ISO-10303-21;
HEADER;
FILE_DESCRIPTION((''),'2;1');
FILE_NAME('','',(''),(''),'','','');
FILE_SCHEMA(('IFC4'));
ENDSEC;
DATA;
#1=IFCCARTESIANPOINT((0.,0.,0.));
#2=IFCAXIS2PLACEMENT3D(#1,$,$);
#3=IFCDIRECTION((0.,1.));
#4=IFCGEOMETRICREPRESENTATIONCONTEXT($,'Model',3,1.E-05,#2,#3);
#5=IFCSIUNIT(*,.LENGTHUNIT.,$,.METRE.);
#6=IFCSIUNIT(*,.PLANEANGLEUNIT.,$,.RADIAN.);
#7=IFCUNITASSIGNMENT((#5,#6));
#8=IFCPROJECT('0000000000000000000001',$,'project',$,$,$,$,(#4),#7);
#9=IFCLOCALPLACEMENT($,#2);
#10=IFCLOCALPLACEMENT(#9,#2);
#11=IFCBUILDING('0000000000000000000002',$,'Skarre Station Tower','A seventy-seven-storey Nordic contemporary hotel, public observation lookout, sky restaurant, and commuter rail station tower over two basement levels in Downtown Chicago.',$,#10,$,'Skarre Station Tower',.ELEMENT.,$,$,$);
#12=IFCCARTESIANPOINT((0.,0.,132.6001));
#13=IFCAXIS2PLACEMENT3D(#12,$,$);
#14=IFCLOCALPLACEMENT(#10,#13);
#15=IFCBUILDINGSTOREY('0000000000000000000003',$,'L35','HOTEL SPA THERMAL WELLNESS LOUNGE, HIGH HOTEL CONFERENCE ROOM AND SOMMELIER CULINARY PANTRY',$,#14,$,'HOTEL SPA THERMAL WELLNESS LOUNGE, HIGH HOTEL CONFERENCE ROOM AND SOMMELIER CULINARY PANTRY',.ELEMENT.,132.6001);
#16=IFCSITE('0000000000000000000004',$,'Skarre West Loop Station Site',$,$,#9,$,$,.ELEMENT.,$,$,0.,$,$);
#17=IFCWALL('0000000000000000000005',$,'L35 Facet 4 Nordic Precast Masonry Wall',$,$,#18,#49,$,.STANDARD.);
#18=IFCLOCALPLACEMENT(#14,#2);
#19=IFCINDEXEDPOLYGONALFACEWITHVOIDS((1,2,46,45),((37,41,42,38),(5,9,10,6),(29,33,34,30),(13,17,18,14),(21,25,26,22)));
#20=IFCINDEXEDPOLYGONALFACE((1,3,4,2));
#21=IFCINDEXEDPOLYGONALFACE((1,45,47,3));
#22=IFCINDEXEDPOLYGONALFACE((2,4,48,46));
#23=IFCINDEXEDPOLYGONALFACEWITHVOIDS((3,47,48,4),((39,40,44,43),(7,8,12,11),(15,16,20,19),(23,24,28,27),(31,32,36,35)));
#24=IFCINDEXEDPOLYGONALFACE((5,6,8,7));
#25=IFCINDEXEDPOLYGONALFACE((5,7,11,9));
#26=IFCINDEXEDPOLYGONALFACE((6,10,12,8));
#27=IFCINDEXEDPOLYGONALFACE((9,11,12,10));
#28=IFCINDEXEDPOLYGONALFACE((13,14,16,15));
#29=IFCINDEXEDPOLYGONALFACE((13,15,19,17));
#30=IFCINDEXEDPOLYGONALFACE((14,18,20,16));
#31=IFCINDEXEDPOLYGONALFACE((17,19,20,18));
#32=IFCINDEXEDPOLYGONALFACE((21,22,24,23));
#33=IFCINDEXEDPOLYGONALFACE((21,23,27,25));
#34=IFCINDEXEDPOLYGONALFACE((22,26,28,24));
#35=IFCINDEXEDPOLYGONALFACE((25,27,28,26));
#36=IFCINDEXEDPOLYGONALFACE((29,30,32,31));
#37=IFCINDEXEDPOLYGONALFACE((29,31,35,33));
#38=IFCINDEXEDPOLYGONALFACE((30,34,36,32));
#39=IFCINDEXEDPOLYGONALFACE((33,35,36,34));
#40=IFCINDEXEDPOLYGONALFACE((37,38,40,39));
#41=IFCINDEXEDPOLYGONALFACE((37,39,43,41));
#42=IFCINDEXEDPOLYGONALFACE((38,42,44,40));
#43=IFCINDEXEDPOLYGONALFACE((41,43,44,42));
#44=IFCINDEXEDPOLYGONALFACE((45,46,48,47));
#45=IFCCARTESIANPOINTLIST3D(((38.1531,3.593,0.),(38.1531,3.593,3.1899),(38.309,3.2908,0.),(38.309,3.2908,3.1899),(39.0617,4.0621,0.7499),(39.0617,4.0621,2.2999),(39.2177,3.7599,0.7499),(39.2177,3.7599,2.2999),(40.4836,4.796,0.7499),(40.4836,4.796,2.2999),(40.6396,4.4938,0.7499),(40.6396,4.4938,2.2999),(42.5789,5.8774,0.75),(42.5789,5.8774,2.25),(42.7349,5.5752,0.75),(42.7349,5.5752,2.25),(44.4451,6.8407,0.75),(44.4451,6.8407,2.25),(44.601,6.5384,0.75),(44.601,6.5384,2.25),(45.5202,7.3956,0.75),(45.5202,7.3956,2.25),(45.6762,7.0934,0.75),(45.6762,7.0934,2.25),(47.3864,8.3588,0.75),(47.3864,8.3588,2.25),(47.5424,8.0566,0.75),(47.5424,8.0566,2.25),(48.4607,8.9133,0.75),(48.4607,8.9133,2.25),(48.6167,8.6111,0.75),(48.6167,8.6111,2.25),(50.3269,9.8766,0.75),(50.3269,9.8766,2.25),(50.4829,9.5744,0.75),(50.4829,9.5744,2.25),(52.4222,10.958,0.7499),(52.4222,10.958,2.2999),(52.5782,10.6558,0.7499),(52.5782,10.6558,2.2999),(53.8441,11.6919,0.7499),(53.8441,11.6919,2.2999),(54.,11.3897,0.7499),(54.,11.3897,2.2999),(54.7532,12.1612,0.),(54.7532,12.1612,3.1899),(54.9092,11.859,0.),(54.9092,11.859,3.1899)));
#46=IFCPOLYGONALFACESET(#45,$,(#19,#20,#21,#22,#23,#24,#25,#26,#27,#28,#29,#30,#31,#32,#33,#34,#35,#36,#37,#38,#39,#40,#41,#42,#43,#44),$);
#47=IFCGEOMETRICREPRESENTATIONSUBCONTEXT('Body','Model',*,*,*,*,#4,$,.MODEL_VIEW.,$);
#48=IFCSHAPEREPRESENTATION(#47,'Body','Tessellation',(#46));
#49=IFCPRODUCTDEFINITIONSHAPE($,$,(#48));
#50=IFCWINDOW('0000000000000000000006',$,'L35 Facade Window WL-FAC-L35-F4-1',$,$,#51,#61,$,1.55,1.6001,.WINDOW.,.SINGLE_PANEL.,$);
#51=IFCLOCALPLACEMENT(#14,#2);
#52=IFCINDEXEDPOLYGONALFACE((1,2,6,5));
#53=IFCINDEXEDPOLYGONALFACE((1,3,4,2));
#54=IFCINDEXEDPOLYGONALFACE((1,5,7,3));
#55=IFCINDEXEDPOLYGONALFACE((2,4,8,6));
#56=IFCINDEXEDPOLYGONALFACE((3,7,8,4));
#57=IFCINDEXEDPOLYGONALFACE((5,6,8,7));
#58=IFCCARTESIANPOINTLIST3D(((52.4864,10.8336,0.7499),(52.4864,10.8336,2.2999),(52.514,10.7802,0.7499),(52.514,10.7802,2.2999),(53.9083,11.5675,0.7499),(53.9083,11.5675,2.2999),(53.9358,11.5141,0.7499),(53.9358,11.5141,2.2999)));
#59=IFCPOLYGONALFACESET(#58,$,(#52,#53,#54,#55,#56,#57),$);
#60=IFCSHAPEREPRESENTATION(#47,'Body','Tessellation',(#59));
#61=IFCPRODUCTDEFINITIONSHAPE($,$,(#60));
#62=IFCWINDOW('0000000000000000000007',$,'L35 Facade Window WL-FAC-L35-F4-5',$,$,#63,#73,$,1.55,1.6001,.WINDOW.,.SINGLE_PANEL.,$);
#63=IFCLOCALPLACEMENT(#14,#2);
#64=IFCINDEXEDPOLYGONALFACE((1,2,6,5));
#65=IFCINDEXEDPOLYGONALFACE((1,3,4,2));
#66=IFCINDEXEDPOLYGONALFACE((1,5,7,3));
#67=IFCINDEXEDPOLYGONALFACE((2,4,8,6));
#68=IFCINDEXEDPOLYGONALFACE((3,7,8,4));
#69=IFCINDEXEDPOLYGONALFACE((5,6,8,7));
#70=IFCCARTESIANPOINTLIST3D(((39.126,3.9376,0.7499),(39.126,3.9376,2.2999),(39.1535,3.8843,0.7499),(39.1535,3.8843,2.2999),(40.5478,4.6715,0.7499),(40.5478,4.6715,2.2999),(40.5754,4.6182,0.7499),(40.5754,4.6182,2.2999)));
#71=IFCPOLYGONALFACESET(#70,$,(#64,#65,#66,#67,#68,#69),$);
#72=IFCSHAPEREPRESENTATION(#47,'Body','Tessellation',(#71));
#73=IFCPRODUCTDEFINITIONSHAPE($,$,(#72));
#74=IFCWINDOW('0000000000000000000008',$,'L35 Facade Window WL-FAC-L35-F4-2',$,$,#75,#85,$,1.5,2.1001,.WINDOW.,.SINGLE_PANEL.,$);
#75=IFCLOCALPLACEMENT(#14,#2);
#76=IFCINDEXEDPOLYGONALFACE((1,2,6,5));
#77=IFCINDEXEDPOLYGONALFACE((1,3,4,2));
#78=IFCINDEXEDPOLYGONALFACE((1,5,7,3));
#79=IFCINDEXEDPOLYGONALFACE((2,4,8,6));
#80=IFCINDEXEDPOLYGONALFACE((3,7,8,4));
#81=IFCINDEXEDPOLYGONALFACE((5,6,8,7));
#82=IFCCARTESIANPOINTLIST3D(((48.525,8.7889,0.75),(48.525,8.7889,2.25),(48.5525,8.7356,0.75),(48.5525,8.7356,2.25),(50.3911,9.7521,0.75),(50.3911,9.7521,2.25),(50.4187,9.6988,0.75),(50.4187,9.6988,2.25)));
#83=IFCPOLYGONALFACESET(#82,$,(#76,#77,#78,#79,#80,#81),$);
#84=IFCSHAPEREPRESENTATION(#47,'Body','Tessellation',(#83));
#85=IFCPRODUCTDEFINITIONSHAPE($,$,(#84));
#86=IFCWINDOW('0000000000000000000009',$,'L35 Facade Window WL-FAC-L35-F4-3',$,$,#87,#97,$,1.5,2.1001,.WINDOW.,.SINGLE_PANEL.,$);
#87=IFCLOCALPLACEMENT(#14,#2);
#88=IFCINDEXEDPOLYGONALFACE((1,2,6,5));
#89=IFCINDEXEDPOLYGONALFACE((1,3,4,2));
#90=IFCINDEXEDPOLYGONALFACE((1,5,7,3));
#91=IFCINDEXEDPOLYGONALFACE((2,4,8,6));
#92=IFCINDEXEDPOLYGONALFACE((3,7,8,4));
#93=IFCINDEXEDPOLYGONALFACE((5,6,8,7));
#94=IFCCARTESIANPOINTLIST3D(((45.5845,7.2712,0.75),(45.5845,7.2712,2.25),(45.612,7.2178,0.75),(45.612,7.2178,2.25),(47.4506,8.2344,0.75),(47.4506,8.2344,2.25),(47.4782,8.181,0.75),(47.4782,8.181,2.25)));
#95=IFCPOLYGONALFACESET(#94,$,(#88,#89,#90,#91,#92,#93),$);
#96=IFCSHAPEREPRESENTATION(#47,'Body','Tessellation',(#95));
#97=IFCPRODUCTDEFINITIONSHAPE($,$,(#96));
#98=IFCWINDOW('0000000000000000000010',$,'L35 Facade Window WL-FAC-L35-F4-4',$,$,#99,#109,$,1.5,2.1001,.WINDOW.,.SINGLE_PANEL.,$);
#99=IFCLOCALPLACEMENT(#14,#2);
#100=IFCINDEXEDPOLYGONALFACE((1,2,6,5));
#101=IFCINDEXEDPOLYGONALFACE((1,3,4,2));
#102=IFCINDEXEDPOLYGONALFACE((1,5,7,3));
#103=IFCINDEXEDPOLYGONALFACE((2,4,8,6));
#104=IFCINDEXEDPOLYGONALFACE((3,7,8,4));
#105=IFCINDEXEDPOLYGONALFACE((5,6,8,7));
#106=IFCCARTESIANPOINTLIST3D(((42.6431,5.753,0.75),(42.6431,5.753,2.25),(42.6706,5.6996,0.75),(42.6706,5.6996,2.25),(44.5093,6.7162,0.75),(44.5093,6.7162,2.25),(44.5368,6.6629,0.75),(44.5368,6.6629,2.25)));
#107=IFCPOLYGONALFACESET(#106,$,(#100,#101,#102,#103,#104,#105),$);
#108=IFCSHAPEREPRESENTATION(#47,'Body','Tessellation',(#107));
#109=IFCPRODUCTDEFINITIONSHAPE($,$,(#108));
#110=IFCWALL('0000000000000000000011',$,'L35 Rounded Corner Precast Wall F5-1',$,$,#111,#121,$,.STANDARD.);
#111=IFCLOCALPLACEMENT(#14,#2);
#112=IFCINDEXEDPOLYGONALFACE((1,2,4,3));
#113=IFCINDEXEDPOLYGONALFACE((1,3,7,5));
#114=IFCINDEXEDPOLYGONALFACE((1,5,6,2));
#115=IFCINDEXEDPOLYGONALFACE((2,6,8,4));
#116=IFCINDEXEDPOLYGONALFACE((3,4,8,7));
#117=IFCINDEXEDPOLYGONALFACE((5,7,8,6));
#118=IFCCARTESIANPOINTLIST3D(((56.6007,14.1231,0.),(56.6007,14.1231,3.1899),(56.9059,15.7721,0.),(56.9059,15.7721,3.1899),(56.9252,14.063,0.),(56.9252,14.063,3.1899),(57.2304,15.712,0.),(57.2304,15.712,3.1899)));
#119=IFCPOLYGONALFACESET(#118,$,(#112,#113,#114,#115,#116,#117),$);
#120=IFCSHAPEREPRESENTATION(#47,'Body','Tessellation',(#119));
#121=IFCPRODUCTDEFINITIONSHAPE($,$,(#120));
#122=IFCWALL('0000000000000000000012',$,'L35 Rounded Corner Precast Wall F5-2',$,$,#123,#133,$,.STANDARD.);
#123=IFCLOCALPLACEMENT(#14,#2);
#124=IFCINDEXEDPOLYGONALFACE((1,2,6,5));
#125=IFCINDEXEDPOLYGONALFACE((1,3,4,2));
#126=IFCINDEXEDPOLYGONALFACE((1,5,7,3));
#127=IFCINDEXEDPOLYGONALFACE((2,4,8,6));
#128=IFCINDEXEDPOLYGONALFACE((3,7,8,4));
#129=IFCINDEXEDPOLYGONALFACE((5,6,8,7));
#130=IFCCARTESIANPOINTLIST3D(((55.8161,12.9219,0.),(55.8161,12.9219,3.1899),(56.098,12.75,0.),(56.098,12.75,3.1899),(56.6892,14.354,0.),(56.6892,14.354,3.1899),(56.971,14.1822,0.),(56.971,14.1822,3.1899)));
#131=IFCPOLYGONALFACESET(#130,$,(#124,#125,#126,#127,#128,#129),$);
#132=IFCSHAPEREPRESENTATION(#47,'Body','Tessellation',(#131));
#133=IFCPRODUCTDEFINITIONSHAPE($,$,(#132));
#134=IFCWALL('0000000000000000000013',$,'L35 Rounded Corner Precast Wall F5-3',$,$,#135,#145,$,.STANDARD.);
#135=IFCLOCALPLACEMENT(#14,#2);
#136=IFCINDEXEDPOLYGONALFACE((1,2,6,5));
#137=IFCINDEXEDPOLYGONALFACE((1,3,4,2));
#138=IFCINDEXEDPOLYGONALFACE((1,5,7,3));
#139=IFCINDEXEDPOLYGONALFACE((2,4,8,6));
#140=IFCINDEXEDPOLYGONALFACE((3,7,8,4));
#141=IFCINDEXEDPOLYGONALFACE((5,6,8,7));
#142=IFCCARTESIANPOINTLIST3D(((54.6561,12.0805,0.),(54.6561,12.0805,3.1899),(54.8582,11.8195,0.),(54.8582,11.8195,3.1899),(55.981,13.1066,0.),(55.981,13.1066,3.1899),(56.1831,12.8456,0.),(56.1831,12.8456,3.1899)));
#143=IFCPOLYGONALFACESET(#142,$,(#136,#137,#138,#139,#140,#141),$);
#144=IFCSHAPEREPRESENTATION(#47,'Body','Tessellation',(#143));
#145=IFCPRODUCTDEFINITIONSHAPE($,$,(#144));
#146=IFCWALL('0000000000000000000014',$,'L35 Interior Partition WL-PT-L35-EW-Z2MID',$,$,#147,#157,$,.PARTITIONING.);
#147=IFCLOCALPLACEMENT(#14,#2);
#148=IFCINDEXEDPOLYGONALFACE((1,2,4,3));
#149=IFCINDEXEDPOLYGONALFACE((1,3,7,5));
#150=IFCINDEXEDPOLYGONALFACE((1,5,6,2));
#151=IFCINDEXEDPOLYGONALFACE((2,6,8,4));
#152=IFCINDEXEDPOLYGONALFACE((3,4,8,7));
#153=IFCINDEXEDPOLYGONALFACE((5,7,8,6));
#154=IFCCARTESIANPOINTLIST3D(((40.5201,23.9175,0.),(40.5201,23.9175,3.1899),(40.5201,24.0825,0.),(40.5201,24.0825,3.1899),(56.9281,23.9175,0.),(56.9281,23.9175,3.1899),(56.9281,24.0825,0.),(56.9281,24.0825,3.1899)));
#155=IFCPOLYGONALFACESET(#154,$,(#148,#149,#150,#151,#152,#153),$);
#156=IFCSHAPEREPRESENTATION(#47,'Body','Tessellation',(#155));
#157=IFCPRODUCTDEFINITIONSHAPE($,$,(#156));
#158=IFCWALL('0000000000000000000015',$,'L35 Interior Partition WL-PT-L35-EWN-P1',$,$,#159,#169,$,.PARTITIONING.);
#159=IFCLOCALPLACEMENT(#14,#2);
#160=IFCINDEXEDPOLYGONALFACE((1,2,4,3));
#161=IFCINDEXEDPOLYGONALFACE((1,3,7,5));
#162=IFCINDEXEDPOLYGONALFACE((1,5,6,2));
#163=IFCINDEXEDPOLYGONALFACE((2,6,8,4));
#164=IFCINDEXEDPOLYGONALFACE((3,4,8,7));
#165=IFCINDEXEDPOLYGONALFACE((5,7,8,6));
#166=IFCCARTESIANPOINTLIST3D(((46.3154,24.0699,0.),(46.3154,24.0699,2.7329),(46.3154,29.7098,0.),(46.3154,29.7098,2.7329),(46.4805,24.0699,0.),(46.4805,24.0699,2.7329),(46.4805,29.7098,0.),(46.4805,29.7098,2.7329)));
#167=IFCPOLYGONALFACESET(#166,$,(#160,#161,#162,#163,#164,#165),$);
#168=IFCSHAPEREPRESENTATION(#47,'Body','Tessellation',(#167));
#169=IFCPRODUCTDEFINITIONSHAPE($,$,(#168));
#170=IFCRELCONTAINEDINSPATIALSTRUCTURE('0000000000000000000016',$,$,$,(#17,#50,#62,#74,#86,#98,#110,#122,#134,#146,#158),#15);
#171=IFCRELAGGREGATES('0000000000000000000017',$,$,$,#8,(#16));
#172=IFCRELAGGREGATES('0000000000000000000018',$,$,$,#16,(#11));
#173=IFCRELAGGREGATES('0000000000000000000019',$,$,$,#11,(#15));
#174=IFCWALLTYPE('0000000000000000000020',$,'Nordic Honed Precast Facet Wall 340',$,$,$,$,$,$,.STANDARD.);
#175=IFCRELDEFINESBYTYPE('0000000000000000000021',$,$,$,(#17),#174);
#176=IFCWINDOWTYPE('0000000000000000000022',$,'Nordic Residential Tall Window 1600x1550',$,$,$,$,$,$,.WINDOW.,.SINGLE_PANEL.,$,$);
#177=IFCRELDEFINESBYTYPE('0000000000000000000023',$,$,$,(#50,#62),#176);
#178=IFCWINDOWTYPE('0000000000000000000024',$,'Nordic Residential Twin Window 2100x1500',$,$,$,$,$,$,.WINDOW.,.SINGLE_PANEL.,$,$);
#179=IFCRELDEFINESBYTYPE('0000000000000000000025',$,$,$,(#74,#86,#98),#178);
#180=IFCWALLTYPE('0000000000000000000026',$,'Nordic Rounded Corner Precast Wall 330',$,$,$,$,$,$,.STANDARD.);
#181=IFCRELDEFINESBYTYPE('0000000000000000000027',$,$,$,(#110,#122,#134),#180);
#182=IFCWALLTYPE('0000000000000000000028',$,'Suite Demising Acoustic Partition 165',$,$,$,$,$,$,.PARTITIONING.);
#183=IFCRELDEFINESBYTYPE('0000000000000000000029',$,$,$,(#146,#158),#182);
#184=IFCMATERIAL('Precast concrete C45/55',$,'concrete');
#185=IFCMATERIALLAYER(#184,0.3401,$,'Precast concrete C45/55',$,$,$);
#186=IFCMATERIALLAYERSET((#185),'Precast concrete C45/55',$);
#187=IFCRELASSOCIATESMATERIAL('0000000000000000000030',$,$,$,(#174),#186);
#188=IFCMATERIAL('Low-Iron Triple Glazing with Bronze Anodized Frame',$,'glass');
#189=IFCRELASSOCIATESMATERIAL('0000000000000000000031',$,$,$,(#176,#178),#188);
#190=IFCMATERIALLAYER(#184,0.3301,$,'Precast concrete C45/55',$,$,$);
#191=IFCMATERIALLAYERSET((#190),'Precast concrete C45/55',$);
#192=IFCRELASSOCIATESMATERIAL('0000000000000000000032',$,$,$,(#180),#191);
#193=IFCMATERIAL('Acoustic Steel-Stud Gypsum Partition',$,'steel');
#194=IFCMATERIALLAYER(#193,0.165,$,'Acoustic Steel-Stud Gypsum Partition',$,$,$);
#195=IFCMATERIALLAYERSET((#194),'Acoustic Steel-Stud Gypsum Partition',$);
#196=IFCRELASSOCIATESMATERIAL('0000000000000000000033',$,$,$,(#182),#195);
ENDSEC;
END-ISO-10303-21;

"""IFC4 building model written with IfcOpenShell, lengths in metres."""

from ifc_helpers import new_model, si_unit, direction, frame, frame_2d, origin, place, context, subcontext, project, spatial, rectangle, extrude, material, layer, layer_set, type_object, element, fill, save


model = new_model("IFC4")

# Units and contexts
model_context = context("Model", 3, precision=1e-05, world=origin(), true_north=direction((0.0, 1.0)))
body_context = subcontext(model_context, "Body", "Model", "MODEL_VIEW")
ifc_project = project(units=[si_unit("LENGTHUNIT", "METRE"), si_unit("PLANEANGLEUNIT", "RADIAN")], contexts=[model_context])

# Site, building, storey
site_placement = place(None, origin())
site = spatial("IfcSite", under=ifc_project, at=site_placement, Name="Skarre West Loop Station Site", CompositionType="ELEMENT", RefElevation=0.0)
building_placement = place(site_placement, origin())
building = spatial("IfcBuilding", under=site, at=building_placement, Name="Skarre Station Tower", Description="A seventy-seven-storey Nordic contemporary hotel, public observation lookout, sky restaurant, and commuter rail station tower over two basement levels in Downtown Chicago.", LongName="Skarre Station Tower", CompositionType="ELEMENT")
storey_placement = place(building_placement, frame((0.0, 0.0, 132.6001)))
storey = spatial("IfcBuildingStorey", under=building, at=storey_placement, Name="L35", Description="HOTEL SPA THERMAL WELLNESS LOUNGE, HIGH HOTEL CONFERENCE ROOM AND SOMMELIER CULINARY PANTRY", LongName="HOTEL SPA THERMAL WELLNESS LOUNGE, HIGH HOTEL CONFERENCE ROOM AND SOMMELIER CULINARY PANTRY", CompositionType="ELEMENT", Elevation=132.6001)

# Shared definitions
ifc_material_1 = material(Name="Acoustic Steel-Stud Gypsum Partition", Category="steel")

# Wall, openings, windows
ifc_material_2 = material(Name="Precast concrete C45/55", Category="concrete")
ifc_layer_1 = layer(ifc_material_2, 0.3401, Name="Precast concrete C45/55")
ifc_layer_set_1 = layer_set([ifc_layer_1], Name="Precast concrete C45/55")
wall_type_1 = type_object("IfcWallType", Name="Nordic Honed Precast Facet Wall 340", PredefinedType="STANDARD", material=ifc_layer_set_1)
wall_1_placement = place(storey_placement, frame((54.8311, 12.01, 0.0), z_axis=(0.0, 0.0, 1.0), x_axis=(-0.888614, -0.458657, 0.0)))
wall_1 = element("IfcWall", 1, at=wall_1_placement, inside=storey, type_object=wall_type_1, Name="L35 Facet 4 Nordic Precast Masonry Wall", PredefinedType="STANDARD", context=body_context, shape_type="SweptSolid", body=[
    extrude(rectangle(XDim=18.6809, YDim=0.3401, at=frame_2d((9.3403, 0.0))), origin(), (0.0, 0.0, 1.0), 3.1899),
])
opening_1_placement = place(wall_1_placement, frame((1.0229, 0.0, 0.75)))
opening_1 = element("IfcOpeningElement", 2, at=opening_1_placement, cuts=wall_1, PredefinedType="OPENING", context=body_context, shape_type="SweptSolid", body=[
    extrude(rectangle(XDim=1.6001, YDim=1.55, at=frame_2d((0.8, 0.7749))), frame((0.0, 0.1799, 0.0), z_axis=(0.0, -1.0, 0.0), x_axis=(1.0, 0.0, 0.0)), (0.0, 0.0, 1.0), 0.3601),
])
opening_2_placement = place(wall_1_placement, frame((4.981, 0.0, 0.75)))
opening_2 = element("IfcOpeningElement", 3, at=opening_2_placement, cuts=wall_1, PredefinedType="OPENING", context=body_context, shape_type="SweptSolid", body=[
    extrude(rectangle(XDim=2.1001, YDim=1.5, at=frame_2d((1.05, 0.75))), frame((0.0, 0.1799, 0.0), z_axis=(0.0, -1.0, 0.0), x_axis=(1.0, 0.0, 0.0)), (0.0, 0.0, 1.0), 0.3601),
])
opening_3_placement = place(wall_1_placement, frame((8.29, 0.0, 0.75)))
opening_3 = element("IfcOpeningElement", 4, at=opening_3_placement, cuts=wall_1, PredefinedType="OPENING", context=body_context, shape_type="SweptSolid", body=[
    extrude(rectangle(XDim=2.1001, YDim=1.5, at=frame_2d((1.05, 0.75))), frame((0.0, 0.1799, 0.0), z_axis=(0.0, -1.0, 0.0), x_axis=(1.0, 0.0, 0.0)), (0.0, 0.0, 1.0), 0.3601),
])
opening_4_placement = place(wall_1_placement, frame((11.6001, 0.0, 0.75)))
opening_4 = element("IfcOpeningElement", 5, at=opening_4_placement, cuts=wall_1, PredefinedType="OPENING", context=body_context, shape_type="SweptSolid", body=[
    extrude(rectangle(XDim=2.1001, YDim=1.5, at=frame_2d((1.05, 0.75))), frame((0.0, 0.1799, 0.0), z_axis=(0.0, -1.0, 0.0), x_axis=(1.0, 0.0, 0.0)), (0.0, 0.0, 1.0), 0.3601),
])
opening_5_placement = place(wall_1_placement, frame((16.0581, 0.0, 0.75)))
opening_5 = element("IfcOpeningElement", 6, at=opening_5_placement, cuts=wall_1, PredefinedType="OPENING", context=body_context, shape_type="SweptSolid", body=[
    extrude(rectangle(XDim=1.6001, YDim=1.55, at=frame_2d((0.8, 0.7749))), frame((0.0, 0.1799, 0.0), z_axis=(0.0, -1.0, 0.0), x_axis=(1.0, 0.0, 0.0)), (0.0, 0.0, 1.0), 0.3601),
])
ifc_material_3 = material(Name="Low-Iron Triple Glazing with Bronze Anodized Frame", Category="glass")
window_type_1 = type_object("IfcWindowType", Name="Nordic Residential Tall Window 1600x1550", PartitioningType="SINGLE_PANEL", PredefinedType="WINDOW", material=ifc_material_3)
window_1_placement = place(opening_1_placement, origin())
window_1 = element("IfcWindow", 7, at=window_1_placement, inside=storey, type_object=window_type_1, Name="L35 Facade Window WL-FAC-L35-F4-1", OverallHeight=1.55, OverallWidth=1.6001, PartitioningType="SINGLE_PANEL", PredefinedType="WINDOW", context=body_context, shape_type="SweptSolid", body=[
    extrude(rectangle(XDim=1.6001, YDim=1.55, at=frame_2d((0.8, 0.7749))), frame((0.0, 0.03, 0.0), z_axis=(0.0, -1.0, 0.0), x_axis=(1.0, 0.0, 0.0)), (0.0, 0.0, 1.0), 0.0601),
])
fill(opening_1, window_1)
window_2_placement = place(opening_5_placement, origin())
window_2 = element("IfcWindow", 8, at=window_2_placement, inside=storey, type_object=window_type_1, Name="L35 Facade Window WL-FAC-L35-F4-5", OverallHeight=1.55, OverallWidth=1.6001, PartitioningType="SINGLE_PANEL", PredefinedType="WINDOW", context=body_context, shape_type="SweptSolid", body=[
    extrude(rectangle(XDim=1.6001, YDim=1.55, at=frame_2d((0.8, 0.7749))), frame((0.0, 0.03, 0.0), z_axis=(0.0, -1.0, 0.0), x_axis=(1.0, 0.0, 0.0)), (0.0, 0.0, 1.0), 0.0601),
])
fill(opening_5, window_2)
window_type_2 = type_object("IfcWindowType", Name="Nordic Residential Twin Window 2100x1500", PartitioningType="SINGLE_PANEL", PredefinedType="WINDOW", material=ifc_material_3)
window_3_placement = place(opening_2_placement, origin())
window_3 = element("IfcWindow", 9, at=window_3_placement, inside=storey, type_object=window_type_2, Name="L35 Facade Window WL-FAC-L35-F4-2", OverallHeight=1.5, OverallWidth=2.1001, PartitioningType="SINGLE_PANEL", PredefinedType="WINDOW", context=body_context, shape_type="SweptSolid", body=[
    extrude(rectangle(XDim=2.1001, YDim=1.5, at=frame_2d((1.05, 0.75))), frame((0.0, 0.03, 0.0), z_axis=(0.0, -1.0, 0.0), x_axis=(1.0, 0.0, 0.0)), (0.0, 0.0, 1.0), 0.0601),
])
fill(opening_2, window_3)
window_4_placement = place(opening_3_placement, origin())
window_4 = element("IfcWindow", 10, at=window_4_placement, inside=storey, type_object=window_type_2, Name="L35 Facade Window WL-FAC-L35-F4-3", OverallHeight=1.5, OverallWidth=2.1001, PartitioningType="SINGLE_PANEL", PredefinedType="WINDOW", context=body_context, shape_type="SweptSolid", body=[
    extrude(rectangle(XDim=2.1001, YDim=1.5, at=frame_2d((1.05, 0.75))), frame((0.0, 0.03, 0.0), z_axis=(0.0, -1.0, 0.0), x_axis=(1.0, 0.0, 0.0)), (0.0, 0.0, 1.0), 0.0601),
])
fill(opening_3, window_4)
window_5_placement = place(opening_4_placement, origin())
window_5 = element("IfcWindow", 11, at=window_5_placement, inside=storey, type_object=window_type_2, Name="L35 Facade Window WL-FAC-L35-F4-4", OverallHeight=1.5, OverallWidth=2.1001, PartitioningType="SINGLE_PANEL", PredefinedType="WINDOW", context=body_context, shape_type="SweptSolid", body=[
    extrude(rectangle(XDim=2.1001, YDim=1.5, at=frame_2d((1.05, 0.75))), frame((0.0, 0.03, 0.0), z_axis=(0.0, -1.0, 0.0), x_axis=(1.0, 0.0, 0.0)), (0.0, 0.0, 1.0), 0.0601),
])
fill(opening_4, window_5)

# Walls
ifc_layer_2 = layer(ifc_material_2, 0.3301, Name="Precast concrete C45/55")
ifc_layer_set_2 = layer_set([ifc_layer_2], Name="Precast concrete C45/55")
wall_type_2 = type_object("IfcWallType", Name="Nordic Rounded Corner Precast Wall 330", PredefinedType="STANDARD", material=ifc_layer_set_2)
wall_2_placement = place(storey_placement, frame((57.0681, 15.7419, 0.0), z_axis=(0.0, 0.0, 1.0), x_axis=(-0.181985, -0.983301, 0.0)))
element("IfcWall", 12, at=wall_2_placement, inside=storey, type_object=wall_type_2, Name="L35 Rounded Corner Precast Wall F5-1", PredefinedType="STANDARD", context=body_context, shape_type="SweptSolid", body=[
    extrude(rectangle(XDim=1.677, YDim=0.3301, at=frame_2d((0.8384, 0.0))), origin(), (0.0, 0.0, 1.0), 3.1899),
])
wall_3_placement = place(storey_placement, frame((56.8301, 14.2681, 0.0), z_axis=(0.0, 0.0, 1.0), x_axis=(-0.520519, -0.85385, 0.0)))
element("IfcWall", 13, at=wall_3_placement, inside=storey, type_object=wall_type_2, Name="L35 Rounded Corner Precast Wall F5-2", PredefinedType="STANDARD", context=body_context, shape_type="SweptSolid", body=[
    extrude(rectangle(XDim=1.6772, YDim=0.3301, at=frame_2d((0.8386, 0.0))), origin(), (0.0, 0.0, 1.0), 3.1899),
])
wall_4_placement = place(storey_placement, frame((56.082, 12.9761, 0.0), z_axis=(0.0, 0.0, 1.0), x_axis=(-0.790621, -0.612305, 0.0)))
element("IfcWall", 14, at=wall_4_placement, inside=storey, type_object=wall_type_2, Name="L35 Rounded Corner Precast Wall F5-3", PredefinedType="STANDARD", context=body_context, shape_type="SweptSolid", body=[
    extrude(rectangle(XDim=1.6758, YDim=0.3301, at=frame_2d((0.8379, 0.0))), origin(), (0.0, 0.0, 1.0), 3.1899),
])
ifc_layer_3 = layer(ifc_material_1, 0.165, Name="Acoustic Steel-Stud Gypsum Partition")
ifc_layer_set_3 = layer_set([ifc_layer_3], Name="Acoustic Steel-Stud Gypsum Partition")
wall_type_3 = type_object("IfcWallType", Name="Suite Demising Acoustic Partition 165", PredefinedType="PARTITIONING", material=ifc_layer_set_3)
wall_5_placement = place(storey_placement, frame((40.52, 24.0, 0.0), z_axis=(0.0, 0.0, 1.0), x_axis=(1.0, 0.0, 0.0)))
element("IfcWall", 15, at=wall_5_placement, inside=storey, type_object=wall_type_3, Name="L35 Interior Partition WL-PT-L35-EW-Z2MID", PredefinedType="PARTITIONING", context=body_context, shape_type="SweptSolid", body=[
    extrude(rectangle(XDim=16.408, YDim=0.165, at=frame_2d((8.2041, 0.0))), origin(), (0.0, 0.0, 1.0), 3.1899),
])
for number, where, z_axis, x_axis, name in (
    (16, (46.3979, 24.0701, 0.0), (0.0, 0.0, 1.0), (0.0, 1.0, 0.0), "L35 Interior Partition WL-PT-L35-EWN-P1"),
):
    element("IfcWall", number, at=place(storey_placement, frame(where, z_axis=z_axis, x_axis=x_axis)), inside=storey, type_object=wall_type_3, Name=name, PredefinedType="PARTITIONING", context=body_context, shape_type="SweptSolid", body=[
        extrude(rectangle(XDim=5.6399, YDim=0.165, at=frame_2d((2.8198, 0.0))), origin(), (0.0, 0.0, 1.0), 2.7329),
    ])

save(model, "model.ifc")
